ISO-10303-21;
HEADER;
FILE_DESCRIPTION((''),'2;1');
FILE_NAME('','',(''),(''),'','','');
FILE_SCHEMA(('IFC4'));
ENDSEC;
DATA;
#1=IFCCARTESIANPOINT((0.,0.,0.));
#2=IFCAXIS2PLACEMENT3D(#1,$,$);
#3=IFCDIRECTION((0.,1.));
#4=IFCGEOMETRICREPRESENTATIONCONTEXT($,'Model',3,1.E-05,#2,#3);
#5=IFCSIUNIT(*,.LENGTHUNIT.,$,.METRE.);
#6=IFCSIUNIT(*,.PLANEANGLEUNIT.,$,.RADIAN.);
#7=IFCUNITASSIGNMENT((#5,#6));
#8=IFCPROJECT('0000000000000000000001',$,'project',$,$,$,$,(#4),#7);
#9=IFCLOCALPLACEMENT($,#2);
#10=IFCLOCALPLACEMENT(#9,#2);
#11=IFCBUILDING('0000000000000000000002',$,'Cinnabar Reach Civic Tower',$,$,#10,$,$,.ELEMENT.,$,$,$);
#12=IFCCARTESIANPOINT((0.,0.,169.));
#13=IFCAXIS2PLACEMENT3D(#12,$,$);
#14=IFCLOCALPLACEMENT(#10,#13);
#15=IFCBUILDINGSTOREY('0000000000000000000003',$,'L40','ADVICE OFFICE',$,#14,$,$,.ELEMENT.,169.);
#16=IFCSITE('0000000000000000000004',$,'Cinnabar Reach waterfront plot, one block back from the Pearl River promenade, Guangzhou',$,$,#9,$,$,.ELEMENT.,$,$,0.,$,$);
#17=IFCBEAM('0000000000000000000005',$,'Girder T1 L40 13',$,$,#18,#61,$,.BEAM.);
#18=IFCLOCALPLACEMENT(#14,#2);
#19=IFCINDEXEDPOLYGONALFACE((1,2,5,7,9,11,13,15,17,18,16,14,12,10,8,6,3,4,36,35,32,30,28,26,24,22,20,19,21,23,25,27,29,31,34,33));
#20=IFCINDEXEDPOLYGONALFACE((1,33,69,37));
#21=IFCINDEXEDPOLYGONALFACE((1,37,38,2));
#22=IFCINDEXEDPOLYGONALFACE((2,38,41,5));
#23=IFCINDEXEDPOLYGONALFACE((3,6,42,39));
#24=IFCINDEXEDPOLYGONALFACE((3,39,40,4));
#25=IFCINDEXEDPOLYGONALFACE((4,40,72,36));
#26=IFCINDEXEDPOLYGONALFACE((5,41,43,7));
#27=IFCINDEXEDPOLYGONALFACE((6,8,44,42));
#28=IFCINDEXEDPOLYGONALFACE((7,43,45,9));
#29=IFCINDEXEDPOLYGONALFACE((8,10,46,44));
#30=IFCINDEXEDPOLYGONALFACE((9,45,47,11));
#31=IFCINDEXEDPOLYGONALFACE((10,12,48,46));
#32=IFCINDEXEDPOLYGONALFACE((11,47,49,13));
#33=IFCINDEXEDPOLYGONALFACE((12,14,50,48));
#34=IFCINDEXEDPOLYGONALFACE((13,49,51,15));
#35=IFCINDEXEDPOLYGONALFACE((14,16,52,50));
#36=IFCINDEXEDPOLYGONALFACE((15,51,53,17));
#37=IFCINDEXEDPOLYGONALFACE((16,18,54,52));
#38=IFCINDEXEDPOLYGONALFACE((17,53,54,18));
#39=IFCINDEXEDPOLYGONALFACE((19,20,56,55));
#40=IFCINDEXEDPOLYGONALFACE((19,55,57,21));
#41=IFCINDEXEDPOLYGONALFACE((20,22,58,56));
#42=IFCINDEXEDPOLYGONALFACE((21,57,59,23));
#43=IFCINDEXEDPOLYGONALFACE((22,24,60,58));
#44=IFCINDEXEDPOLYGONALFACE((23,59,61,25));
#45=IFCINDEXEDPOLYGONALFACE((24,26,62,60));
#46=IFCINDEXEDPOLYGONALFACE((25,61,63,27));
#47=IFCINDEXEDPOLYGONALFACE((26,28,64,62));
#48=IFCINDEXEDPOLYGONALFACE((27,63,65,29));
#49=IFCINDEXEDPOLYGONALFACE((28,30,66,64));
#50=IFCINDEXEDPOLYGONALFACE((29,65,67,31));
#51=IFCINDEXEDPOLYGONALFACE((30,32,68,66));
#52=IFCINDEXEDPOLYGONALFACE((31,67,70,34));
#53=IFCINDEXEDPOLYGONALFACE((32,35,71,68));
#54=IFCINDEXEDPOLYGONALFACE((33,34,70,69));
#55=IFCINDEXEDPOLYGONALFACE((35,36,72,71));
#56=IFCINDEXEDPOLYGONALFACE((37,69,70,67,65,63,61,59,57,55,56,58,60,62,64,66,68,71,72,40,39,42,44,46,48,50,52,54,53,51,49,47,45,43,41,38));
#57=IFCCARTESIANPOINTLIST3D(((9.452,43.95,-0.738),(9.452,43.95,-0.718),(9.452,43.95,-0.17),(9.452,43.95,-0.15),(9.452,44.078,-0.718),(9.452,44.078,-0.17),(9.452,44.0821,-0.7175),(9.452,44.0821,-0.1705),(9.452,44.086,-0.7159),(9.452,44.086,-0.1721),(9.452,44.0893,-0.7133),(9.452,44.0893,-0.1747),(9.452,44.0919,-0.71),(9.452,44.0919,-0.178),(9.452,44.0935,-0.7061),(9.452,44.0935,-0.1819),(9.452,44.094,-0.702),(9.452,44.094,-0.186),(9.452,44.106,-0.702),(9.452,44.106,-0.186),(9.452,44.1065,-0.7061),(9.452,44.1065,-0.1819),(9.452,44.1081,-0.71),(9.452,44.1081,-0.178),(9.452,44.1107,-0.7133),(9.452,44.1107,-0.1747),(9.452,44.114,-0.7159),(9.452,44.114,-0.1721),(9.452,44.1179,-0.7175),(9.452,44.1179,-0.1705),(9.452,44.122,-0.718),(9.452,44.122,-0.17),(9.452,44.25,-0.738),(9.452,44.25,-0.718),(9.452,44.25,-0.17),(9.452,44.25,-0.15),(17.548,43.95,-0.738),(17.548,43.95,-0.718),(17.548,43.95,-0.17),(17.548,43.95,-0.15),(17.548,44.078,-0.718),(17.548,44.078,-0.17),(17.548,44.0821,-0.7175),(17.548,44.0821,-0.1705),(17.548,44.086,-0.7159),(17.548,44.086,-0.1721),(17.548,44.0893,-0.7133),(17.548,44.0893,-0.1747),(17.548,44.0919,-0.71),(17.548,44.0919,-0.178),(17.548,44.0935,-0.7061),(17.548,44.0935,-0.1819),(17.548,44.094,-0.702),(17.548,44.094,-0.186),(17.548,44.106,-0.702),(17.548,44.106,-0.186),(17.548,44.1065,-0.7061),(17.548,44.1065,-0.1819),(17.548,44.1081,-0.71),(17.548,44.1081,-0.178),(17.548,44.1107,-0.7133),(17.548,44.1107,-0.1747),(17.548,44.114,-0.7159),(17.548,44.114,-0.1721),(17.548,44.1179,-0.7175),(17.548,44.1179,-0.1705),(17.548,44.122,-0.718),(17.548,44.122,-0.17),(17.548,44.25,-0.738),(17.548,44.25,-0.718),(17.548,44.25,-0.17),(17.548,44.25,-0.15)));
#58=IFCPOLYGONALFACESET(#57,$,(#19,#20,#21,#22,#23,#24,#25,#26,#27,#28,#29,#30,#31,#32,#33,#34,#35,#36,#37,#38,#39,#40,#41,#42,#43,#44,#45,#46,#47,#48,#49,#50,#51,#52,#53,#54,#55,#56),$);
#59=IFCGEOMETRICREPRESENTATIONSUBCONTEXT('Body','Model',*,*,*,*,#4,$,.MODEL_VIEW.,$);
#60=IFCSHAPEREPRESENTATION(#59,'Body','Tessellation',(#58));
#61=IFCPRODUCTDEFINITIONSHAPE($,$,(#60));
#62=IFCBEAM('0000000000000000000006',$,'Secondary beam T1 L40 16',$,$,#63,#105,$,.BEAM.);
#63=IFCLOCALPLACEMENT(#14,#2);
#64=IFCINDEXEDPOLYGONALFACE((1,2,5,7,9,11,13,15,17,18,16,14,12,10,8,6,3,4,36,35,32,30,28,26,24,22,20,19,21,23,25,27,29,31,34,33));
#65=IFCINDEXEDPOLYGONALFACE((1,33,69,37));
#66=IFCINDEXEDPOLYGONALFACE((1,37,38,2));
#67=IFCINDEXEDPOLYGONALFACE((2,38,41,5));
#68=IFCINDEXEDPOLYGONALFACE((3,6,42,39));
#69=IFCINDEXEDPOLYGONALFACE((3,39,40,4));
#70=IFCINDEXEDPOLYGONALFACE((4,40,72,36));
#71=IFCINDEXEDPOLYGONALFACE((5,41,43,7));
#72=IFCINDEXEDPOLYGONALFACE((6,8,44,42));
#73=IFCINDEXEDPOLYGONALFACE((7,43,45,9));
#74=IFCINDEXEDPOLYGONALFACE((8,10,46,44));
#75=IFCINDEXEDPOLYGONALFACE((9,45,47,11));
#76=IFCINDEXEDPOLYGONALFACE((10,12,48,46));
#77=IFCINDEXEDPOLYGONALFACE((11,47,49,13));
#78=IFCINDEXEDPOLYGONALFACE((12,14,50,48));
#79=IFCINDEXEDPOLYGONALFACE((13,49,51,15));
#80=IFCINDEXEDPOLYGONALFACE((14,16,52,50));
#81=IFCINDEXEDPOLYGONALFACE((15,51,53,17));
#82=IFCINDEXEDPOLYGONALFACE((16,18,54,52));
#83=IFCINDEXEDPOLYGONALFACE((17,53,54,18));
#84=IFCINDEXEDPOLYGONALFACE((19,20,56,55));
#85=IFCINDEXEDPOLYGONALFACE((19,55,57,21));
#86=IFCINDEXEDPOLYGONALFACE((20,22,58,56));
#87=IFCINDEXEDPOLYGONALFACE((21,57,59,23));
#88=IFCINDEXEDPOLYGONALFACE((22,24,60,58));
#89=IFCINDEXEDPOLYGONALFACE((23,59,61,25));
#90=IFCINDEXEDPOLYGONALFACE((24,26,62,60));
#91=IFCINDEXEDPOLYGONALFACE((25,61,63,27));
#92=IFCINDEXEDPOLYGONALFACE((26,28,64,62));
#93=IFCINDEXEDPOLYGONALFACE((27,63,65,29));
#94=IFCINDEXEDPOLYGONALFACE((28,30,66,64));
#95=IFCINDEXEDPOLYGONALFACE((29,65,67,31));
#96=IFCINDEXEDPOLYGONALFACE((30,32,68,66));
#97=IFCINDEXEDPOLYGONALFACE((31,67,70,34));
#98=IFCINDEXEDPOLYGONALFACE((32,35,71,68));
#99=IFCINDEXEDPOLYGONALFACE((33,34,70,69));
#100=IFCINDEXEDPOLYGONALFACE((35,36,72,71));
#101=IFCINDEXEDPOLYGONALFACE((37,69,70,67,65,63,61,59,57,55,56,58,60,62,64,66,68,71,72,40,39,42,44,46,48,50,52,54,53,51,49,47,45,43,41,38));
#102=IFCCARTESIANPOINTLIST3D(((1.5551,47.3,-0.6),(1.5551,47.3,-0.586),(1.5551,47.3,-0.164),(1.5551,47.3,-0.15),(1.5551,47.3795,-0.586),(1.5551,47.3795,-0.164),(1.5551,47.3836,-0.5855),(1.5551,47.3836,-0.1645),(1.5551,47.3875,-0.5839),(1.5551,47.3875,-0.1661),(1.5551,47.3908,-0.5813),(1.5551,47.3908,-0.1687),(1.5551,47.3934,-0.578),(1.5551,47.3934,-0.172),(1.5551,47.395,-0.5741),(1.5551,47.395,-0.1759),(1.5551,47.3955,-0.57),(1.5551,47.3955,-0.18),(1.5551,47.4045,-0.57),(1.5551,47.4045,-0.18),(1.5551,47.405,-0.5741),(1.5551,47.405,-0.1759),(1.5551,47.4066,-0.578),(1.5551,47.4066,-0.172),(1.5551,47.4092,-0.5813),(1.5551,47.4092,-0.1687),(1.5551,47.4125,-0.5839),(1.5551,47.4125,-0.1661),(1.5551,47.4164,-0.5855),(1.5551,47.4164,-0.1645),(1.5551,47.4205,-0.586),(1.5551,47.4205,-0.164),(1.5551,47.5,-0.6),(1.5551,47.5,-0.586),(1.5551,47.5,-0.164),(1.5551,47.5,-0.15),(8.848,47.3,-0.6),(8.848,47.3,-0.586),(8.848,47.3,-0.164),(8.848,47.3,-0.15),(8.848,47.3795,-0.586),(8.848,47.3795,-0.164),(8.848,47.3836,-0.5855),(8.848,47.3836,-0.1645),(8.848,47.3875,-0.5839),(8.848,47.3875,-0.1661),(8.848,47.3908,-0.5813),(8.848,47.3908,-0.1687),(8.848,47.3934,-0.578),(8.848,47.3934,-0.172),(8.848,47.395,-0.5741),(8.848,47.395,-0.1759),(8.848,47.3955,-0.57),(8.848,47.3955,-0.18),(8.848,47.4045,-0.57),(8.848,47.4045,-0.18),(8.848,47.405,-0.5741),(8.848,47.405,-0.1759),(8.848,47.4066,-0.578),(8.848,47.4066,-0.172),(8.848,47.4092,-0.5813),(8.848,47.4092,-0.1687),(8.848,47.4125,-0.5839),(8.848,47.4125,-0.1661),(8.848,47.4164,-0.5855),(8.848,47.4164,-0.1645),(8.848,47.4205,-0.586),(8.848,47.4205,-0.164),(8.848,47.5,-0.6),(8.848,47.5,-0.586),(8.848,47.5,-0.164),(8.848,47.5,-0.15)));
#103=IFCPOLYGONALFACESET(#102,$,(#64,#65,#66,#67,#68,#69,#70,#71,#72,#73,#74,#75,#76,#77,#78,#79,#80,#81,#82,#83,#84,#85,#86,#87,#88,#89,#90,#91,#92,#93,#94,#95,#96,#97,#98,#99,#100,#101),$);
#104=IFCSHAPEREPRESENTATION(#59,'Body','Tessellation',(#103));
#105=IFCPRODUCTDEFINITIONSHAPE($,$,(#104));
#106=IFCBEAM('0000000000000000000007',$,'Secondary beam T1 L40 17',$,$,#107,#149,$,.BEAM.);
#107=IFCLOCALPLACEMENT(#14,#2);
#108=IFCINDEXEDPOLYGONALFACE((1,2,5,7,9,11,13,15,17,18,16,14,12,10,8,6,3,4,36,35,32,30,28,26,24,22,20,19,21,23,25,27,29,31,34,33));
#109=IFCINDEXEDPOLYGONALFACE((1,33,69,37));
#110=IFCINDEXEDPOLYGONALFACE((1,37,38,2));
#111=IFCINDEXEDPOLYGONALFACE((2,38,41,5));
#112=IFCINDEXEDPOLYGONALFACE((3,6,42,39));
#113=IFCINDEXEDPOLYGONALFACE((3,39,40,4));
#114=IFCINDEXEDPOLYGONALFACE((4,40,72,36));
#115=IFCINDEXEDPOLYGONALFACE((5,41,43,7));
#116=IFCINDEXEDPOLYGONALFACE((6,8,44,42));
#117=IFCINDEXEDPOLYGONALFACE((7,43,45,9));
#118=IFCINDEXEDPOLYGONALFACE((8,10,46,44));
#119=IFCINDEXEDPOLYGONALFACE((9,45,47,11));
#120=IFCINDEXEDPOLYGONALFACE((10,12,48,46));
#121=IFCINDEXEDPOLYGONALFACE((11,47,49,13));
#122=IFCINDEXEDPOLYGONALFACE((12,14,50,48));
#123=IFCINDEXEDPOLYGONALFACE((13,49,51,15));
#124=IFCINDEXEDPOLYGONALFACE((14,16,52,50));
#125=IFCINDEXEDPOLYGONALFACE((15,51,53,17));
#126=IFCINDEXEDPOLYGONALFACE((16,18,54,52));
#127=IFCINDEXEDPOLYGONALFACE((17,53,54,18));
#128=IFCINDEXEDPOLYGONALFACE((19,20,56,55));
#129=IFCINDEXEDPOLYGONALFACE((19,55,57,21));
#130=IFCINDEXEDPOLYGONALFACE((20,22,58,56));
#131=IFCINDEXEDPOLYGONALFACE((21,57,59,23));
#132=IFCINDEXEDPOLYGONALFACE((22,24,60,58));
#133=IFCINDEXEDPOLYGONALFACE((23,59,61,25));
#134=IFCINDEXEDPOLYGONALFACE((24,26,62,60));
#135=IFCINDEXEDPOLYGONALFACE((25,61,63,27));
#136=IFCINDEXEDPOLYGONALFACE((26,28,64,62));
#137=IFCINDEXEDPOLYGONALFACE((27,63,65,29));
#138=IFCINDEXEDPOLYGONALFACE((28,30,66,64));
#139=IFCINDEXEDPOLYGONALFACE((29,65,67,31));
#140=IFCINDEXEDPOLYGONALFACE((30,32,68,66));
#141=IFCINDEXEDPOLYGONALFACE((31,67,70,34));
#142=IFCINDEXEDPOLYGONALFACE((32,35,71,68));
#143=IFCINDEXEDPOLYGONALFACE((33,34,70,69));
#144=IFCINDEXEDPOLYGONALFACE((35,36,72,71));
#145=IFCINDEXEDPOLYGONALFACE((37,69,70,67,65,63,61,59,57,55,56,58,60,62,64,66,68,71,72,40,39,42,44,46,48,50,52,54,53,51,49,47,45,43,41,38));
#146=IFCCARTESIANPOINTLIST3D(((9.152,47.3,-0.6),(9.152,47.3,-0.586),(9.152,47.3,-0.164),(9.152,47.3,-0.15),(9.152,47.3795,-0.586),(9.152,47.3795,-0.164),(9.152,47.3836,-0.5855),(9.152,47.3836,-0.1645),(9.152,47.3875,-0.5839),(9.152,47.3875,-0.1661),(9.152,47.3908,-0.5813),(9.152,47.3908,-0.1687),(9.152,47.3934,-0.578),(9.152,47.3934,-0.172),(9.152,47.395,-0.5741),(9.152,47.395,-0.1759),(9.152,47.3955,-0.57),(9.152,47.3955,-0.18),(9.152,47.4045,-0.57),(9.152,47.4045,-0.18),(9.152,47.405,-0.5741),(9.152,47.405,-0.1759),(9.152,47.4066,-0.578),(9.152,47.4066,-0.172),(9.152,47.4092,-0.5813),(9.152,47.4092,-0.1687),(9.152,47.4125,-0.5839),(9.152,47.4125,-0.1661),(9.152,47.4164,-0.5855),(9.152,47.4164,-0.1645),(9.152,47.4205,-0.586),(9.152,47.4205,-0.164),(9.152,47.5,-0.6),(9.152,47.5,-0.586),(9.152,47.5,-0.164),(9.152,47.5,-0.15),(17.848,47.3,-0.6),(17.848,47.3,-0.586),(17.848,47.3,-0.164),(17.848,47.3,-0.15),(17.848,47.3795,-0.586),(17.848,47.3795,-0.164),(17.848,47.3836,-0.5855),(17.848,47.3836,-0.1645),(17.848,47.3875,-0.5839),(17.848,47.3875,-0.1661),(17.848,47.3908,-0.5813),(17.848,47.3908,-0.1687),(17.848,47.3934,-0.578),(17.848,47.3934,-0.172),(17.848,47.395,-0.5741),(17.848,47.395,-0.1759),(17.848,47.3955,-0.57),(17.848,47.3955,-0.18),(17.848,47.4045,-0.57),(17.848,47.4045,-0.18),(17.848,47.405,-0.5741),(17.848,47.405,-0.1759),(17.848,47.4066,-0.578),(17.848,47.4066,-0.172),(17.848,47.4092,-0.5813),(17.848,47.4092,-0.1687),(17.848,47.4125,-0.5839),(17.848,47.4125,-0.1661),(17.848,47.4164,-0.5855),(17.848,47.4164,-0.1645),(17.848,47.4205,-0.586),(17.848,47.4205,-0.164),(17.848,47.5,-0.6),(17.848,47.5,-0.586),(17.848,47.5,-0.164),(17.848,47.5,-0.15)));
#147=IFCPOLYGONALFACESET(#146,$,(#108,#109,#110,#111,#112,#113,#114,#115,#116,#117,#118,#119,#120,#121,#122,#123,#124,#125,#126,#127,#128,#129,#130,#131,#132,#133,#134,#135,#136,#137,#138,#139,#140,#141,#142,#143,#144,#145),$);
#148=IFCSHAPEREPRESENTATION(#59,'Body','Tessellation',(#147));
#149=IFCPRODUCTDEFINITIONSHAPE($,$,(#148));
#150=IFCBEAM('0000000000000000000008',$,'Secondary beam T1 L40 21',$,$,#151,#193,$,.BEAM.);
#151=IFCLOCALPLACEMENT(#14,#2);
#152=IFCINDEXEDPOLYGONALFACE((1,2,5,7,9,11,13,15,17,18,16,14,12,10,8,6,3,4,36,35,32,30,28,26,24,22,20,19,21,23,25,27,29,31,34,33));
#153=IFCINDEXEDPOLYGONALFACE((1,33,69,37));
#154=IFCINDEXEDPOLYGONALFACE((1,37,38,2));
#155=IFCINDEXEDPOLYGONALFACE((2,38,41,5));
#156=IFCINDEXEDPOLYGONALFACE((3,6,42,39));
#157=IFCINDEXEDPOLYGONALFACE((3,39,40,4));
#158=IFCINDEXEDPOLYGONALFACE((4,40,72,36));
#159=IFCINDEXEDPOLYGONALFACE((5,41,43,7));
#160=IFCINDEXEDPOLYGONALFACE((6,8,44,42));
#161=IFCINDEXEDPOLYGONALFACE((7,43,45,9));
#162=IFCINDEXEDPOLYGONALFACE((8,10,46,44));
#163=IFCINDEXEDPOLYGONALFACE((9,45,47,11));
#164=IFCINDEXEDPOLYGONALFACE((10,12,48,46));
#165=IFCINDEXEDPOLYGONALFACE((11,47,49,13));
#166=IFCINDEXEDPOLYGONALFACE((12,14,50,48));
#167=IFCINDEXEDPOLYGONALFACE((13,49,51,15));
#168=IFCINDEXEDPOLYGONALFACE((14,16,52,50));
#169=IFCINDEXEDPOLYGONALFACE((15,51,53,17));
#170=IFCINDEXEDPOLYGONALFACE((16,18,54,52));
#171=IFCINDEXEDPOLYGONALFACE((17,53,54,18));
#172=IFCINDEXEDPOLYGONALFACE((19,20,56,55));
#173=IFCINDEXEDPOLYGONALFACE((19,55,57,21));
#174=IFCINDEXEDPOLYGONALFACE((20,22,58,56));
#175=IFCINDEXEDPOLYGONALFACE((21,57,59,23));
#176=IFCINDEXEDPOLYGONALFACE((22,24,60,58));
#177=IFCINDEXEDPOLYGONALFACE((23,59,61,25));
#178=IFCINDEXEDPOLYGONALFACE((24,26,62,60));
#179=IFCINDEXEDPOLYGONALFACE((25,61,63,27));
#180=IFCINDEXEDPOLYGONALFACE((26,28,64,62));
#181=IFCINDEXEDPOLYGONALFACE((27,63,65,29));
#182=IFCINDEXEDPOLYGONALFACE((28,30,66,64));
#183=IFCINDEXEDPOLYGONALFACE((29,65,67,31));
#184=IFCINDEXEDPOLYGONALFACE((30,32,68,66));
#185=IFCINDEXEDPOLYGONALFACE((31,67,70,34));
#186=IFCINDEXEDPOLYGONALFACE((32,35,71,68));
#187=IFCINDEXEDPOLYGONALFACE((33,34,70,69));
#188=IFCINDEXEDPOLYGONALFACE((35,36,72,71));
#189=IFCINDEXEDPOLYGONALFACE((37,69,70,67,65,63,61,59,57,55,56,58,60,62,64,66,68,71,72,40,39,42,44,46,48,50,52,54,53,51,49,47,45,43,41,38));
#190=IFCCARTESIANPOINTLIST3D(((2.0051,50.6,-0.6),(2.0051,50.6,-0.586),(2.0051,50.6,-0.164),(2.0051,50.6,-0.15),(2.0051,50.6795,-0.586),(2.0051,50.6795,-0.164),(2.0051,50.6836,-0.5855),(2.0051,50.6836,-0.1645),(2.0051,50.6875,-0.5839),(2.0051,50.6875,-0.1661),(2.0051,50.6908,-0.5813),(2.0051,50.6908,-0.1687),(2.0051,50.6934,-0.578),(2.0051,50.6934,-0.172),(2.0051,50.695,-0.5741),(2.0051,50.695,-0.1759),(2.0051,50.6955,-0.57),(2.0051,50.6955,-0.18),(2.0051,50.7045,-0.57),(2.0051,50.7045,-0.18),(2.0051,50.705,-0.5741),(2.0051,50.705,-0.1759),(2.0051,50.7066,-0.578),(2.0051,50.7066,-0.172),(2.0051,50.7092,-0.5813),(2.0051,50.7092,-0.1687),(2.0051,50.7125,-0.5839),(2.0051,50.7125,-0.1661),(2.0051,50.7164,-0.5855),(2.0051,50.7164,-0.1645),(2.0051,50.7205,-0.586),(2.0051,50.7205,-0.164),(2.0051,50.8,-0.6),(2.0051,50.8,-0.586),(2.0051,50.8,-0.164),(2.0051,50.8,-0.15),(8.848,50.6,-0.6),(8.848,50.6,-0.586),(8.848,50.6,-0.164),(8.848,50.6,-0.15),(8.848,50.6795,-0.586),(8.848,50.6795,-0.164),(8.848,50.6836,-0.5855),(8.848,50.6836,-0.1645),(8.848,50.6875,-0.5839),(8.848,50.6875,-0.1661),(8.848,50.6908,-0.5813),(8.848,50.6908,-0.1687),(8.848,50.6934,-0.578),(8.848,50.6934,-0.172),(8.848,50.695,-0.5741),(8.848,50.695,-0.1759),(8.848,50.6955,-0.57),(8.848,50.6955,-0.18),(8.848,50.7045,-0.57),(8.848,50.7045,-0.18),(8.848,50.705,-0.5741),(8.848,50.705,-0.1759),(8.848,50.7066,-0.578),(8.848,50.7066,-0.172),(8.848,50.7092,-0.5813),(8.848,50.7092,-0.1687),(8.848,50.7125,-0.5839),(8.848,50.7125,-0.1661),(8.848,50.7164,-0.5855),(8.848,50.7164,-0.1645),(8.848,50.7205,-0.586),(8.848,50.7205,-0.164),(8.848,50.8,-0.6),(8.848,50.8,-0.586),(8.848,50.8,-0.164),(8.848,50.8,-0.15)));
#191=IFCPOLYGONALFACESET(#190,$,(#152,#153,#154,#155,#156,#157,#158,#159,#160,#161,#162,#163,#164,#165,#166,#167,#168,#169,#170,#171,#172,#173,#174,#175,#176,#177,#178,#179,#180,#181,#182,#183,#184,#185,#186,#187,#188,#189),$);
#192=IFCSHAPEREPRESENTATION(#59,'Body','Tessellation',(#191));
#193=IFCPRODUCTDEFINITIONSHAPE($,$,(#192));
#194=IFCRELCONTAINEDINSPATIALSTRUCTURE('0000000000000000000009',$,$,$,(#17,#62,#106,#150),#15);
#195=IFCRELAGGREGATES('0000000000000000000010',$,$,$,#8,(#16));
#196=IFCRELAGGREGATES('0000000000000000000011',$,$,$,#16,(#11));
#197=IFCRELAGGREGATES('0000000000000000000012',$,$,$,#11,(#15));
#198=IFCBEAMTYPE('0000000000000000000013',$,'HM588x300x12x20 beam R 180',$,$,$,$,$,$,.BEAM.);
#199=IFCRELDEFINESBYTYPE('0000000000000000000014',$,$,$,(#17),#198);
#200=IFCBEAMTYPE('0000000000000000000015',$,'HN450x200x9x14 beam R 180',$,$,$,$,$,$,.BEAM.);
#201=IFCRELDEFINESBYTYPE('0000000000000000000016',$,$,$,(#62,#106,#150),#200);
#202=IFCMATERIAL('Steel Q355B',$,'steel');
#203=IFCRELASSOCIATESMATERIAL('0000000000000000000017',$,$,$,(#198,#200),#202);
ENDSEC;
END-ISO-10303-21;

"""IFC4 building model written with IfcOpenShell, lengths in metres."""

from ifc_helpers import new_model, si_unit, direction, frame, origin, origin_2d, place, context, subcontext, project, spatial, i_section, extrude, material, material_profile, profile_set, type_object, element, save


model = new_model("IFC4")

# Units and contexts
model_context = context("Model", 3, precision=1e-05, world=origin(), true_north=direction((0.0, 1.0)))
body_context = subcontext(model_context, "Body", "Model", "MODEL_VIEW")
ifc_project = project(units=[si_unit("LENGTHUNIT", "METRE"), si_unit("PLANEANGLEUNIT", "RADIAN")], contexts=[model_context])

# Site, building, storey
site_placement = place(None, origin())
site = spatial("IfcSite", under=ifc_project, at=site_placement, Name="Cinnabar Reach waterfront plot, one block back from the Pearl River promenade, Guangzhou", CompositionType="ELEMENT", RefElevation=0.0)
building_placement = place(site_placement, origin())
building = spatial("IfcBuilding", under=site, at=building_placement, Name="Cinnabar Reach Civic Tower", CompositionType="ELEMENT")
storey_placement = place(building_placement, frame((0.0, 0.0, 169.0)))
storey = spatial("IfcBuildingStorey", under=building, at=storey_placement, Name="L40", Description="ADVICE OFFICE", CompositionType="ELEMENT", Elevation=169.0)

# Beams
ifc_material_1 = material(Name="Steel Q355B", Category="steel")
ifc_material_profile_1 = material_profile(ifc_material_1, i_section(OverallWidth=0.3, OverallDepth=0.588, WebThickness=0.012, FlangeThickness=0.02, FilletRadius=0.016, at=origin_2d()), Name="HM588x300x12x20")
ifc_profile_set_1 = profile_set([ifc_material_profile_1], Name="Steel Q355B")
beam_type_1 = type_object("IfcBeamType", Name="HM588x300x12x20 beam R 180", PredefinedType="BEAM", material=ifc_profile_set_1)
beam_1_placement = place(storey_placement, frame((9.452, 44.1, -0.444), z_axis=(1.0, 0.0, 0.0), x_axis=(0.0, 1.0, 0.0)))
element("IfcBeam", 1, at=beam_1_placement, inside=storey, type_object=beam_type_1, Name="Girder T1 L40 13", PredefinedType="BEAM", context=body_context, shape_type="SweptSolid", body=[
    extrude(i_section(OverallWidth=0.3, OverallDepth=0.588, WebThickness=0.012, FlangeThickness=0.02, FilletRadius=0.016, at=origin_2d()), origin(), (0.0, 0.0, 1.0), 8.096),
])
ifc_material_profile_2 = material_profile(ifc_material_1, i_section(OverallWidth=0.2, OverallDepth=0.45, WebThickness=0.009, FlangeThickness=0.014, FilletRadius=0.016, at=origin_2d()), Name="HN450x200x9x14")
ifc_profile_set_2 = profile_set([ifc_material_profile_2], Name="Steel Q355B")
beam_type_2 = type_object("IfcBeamType", Name="HN450x200x9x14 beam R 180", PredefinedType="BEAM", material=ifc_profile_set_2)
beam_2_placement = place(storey_placement, frame((1.5551, 47.4, -0.375), z_axis=(1.0, 0.0, 0.0), x_axis=(0.0, 1.0, 0.0)))
element("IfcBeam", 2, at=beam_2_placement, inside=storey, type_object=beam_type_2, Name="Secondary beam T1 L40 16", PredefinedType="BEAM", context=body_context, shape_type="SweptSolid", body=[
    extrude(i_section(OverallWidth=0.2, OverallDepth=0.45, WebThickness=0.009, FlangeThickness=0.014, FilletRadius=0.016, at=origin_2d()), origin(), (0.0, 0.0, 1.0), 7.2929),
])
beam_3_placement = place(storey_placement, frame((9.152, 47.4, -0.375), z_axis=(1.0, 0.0, 0.0), x_axis=(0.0, 1.0, 0.0)))
element("IfcBeam", 3, at=beam_3_placement, inside=storey, type_object=beam_type_2, Name="Secondary beam T1 L40 17", PredefinedType="BEAM", context=body_context, shape_type="SweptSolid", body=[
    extrude(i_section(OverallWidth=0.2, OverallDepth=0.45, WebThickness=0.009, FlangeThickness=0.014, FilletRadius=0.016, at=origin_2d()), origin(), (0.0, 0.0, 1.0), 8.696),
])
beam_4_placement = place(storey_placement, frame((2.0051, 50.7, -0.375), z_axis=(1.0, 0.0, 0.0), x_axis=(0.0, 1.0, 0.0)))
element("IfcBeam", 4, at=beam_4_placement, inside=storey, type_object=beam_type_2, Name="Secondary beam T1 L40 21", PredefinedType="BEAM", context=body_context, shape_type="SweptSolid", body=[
    extrude(i_section(OverallWidth=0.2, OverallDepth=0.45, WebThickness=0.009, FlangeThickness=0.014, FilletRadius=0.016, at=origin_2d()), origin(), (0.0, 0.0, 1.0), 6.8429),
])

save(model, "model.ifc")
